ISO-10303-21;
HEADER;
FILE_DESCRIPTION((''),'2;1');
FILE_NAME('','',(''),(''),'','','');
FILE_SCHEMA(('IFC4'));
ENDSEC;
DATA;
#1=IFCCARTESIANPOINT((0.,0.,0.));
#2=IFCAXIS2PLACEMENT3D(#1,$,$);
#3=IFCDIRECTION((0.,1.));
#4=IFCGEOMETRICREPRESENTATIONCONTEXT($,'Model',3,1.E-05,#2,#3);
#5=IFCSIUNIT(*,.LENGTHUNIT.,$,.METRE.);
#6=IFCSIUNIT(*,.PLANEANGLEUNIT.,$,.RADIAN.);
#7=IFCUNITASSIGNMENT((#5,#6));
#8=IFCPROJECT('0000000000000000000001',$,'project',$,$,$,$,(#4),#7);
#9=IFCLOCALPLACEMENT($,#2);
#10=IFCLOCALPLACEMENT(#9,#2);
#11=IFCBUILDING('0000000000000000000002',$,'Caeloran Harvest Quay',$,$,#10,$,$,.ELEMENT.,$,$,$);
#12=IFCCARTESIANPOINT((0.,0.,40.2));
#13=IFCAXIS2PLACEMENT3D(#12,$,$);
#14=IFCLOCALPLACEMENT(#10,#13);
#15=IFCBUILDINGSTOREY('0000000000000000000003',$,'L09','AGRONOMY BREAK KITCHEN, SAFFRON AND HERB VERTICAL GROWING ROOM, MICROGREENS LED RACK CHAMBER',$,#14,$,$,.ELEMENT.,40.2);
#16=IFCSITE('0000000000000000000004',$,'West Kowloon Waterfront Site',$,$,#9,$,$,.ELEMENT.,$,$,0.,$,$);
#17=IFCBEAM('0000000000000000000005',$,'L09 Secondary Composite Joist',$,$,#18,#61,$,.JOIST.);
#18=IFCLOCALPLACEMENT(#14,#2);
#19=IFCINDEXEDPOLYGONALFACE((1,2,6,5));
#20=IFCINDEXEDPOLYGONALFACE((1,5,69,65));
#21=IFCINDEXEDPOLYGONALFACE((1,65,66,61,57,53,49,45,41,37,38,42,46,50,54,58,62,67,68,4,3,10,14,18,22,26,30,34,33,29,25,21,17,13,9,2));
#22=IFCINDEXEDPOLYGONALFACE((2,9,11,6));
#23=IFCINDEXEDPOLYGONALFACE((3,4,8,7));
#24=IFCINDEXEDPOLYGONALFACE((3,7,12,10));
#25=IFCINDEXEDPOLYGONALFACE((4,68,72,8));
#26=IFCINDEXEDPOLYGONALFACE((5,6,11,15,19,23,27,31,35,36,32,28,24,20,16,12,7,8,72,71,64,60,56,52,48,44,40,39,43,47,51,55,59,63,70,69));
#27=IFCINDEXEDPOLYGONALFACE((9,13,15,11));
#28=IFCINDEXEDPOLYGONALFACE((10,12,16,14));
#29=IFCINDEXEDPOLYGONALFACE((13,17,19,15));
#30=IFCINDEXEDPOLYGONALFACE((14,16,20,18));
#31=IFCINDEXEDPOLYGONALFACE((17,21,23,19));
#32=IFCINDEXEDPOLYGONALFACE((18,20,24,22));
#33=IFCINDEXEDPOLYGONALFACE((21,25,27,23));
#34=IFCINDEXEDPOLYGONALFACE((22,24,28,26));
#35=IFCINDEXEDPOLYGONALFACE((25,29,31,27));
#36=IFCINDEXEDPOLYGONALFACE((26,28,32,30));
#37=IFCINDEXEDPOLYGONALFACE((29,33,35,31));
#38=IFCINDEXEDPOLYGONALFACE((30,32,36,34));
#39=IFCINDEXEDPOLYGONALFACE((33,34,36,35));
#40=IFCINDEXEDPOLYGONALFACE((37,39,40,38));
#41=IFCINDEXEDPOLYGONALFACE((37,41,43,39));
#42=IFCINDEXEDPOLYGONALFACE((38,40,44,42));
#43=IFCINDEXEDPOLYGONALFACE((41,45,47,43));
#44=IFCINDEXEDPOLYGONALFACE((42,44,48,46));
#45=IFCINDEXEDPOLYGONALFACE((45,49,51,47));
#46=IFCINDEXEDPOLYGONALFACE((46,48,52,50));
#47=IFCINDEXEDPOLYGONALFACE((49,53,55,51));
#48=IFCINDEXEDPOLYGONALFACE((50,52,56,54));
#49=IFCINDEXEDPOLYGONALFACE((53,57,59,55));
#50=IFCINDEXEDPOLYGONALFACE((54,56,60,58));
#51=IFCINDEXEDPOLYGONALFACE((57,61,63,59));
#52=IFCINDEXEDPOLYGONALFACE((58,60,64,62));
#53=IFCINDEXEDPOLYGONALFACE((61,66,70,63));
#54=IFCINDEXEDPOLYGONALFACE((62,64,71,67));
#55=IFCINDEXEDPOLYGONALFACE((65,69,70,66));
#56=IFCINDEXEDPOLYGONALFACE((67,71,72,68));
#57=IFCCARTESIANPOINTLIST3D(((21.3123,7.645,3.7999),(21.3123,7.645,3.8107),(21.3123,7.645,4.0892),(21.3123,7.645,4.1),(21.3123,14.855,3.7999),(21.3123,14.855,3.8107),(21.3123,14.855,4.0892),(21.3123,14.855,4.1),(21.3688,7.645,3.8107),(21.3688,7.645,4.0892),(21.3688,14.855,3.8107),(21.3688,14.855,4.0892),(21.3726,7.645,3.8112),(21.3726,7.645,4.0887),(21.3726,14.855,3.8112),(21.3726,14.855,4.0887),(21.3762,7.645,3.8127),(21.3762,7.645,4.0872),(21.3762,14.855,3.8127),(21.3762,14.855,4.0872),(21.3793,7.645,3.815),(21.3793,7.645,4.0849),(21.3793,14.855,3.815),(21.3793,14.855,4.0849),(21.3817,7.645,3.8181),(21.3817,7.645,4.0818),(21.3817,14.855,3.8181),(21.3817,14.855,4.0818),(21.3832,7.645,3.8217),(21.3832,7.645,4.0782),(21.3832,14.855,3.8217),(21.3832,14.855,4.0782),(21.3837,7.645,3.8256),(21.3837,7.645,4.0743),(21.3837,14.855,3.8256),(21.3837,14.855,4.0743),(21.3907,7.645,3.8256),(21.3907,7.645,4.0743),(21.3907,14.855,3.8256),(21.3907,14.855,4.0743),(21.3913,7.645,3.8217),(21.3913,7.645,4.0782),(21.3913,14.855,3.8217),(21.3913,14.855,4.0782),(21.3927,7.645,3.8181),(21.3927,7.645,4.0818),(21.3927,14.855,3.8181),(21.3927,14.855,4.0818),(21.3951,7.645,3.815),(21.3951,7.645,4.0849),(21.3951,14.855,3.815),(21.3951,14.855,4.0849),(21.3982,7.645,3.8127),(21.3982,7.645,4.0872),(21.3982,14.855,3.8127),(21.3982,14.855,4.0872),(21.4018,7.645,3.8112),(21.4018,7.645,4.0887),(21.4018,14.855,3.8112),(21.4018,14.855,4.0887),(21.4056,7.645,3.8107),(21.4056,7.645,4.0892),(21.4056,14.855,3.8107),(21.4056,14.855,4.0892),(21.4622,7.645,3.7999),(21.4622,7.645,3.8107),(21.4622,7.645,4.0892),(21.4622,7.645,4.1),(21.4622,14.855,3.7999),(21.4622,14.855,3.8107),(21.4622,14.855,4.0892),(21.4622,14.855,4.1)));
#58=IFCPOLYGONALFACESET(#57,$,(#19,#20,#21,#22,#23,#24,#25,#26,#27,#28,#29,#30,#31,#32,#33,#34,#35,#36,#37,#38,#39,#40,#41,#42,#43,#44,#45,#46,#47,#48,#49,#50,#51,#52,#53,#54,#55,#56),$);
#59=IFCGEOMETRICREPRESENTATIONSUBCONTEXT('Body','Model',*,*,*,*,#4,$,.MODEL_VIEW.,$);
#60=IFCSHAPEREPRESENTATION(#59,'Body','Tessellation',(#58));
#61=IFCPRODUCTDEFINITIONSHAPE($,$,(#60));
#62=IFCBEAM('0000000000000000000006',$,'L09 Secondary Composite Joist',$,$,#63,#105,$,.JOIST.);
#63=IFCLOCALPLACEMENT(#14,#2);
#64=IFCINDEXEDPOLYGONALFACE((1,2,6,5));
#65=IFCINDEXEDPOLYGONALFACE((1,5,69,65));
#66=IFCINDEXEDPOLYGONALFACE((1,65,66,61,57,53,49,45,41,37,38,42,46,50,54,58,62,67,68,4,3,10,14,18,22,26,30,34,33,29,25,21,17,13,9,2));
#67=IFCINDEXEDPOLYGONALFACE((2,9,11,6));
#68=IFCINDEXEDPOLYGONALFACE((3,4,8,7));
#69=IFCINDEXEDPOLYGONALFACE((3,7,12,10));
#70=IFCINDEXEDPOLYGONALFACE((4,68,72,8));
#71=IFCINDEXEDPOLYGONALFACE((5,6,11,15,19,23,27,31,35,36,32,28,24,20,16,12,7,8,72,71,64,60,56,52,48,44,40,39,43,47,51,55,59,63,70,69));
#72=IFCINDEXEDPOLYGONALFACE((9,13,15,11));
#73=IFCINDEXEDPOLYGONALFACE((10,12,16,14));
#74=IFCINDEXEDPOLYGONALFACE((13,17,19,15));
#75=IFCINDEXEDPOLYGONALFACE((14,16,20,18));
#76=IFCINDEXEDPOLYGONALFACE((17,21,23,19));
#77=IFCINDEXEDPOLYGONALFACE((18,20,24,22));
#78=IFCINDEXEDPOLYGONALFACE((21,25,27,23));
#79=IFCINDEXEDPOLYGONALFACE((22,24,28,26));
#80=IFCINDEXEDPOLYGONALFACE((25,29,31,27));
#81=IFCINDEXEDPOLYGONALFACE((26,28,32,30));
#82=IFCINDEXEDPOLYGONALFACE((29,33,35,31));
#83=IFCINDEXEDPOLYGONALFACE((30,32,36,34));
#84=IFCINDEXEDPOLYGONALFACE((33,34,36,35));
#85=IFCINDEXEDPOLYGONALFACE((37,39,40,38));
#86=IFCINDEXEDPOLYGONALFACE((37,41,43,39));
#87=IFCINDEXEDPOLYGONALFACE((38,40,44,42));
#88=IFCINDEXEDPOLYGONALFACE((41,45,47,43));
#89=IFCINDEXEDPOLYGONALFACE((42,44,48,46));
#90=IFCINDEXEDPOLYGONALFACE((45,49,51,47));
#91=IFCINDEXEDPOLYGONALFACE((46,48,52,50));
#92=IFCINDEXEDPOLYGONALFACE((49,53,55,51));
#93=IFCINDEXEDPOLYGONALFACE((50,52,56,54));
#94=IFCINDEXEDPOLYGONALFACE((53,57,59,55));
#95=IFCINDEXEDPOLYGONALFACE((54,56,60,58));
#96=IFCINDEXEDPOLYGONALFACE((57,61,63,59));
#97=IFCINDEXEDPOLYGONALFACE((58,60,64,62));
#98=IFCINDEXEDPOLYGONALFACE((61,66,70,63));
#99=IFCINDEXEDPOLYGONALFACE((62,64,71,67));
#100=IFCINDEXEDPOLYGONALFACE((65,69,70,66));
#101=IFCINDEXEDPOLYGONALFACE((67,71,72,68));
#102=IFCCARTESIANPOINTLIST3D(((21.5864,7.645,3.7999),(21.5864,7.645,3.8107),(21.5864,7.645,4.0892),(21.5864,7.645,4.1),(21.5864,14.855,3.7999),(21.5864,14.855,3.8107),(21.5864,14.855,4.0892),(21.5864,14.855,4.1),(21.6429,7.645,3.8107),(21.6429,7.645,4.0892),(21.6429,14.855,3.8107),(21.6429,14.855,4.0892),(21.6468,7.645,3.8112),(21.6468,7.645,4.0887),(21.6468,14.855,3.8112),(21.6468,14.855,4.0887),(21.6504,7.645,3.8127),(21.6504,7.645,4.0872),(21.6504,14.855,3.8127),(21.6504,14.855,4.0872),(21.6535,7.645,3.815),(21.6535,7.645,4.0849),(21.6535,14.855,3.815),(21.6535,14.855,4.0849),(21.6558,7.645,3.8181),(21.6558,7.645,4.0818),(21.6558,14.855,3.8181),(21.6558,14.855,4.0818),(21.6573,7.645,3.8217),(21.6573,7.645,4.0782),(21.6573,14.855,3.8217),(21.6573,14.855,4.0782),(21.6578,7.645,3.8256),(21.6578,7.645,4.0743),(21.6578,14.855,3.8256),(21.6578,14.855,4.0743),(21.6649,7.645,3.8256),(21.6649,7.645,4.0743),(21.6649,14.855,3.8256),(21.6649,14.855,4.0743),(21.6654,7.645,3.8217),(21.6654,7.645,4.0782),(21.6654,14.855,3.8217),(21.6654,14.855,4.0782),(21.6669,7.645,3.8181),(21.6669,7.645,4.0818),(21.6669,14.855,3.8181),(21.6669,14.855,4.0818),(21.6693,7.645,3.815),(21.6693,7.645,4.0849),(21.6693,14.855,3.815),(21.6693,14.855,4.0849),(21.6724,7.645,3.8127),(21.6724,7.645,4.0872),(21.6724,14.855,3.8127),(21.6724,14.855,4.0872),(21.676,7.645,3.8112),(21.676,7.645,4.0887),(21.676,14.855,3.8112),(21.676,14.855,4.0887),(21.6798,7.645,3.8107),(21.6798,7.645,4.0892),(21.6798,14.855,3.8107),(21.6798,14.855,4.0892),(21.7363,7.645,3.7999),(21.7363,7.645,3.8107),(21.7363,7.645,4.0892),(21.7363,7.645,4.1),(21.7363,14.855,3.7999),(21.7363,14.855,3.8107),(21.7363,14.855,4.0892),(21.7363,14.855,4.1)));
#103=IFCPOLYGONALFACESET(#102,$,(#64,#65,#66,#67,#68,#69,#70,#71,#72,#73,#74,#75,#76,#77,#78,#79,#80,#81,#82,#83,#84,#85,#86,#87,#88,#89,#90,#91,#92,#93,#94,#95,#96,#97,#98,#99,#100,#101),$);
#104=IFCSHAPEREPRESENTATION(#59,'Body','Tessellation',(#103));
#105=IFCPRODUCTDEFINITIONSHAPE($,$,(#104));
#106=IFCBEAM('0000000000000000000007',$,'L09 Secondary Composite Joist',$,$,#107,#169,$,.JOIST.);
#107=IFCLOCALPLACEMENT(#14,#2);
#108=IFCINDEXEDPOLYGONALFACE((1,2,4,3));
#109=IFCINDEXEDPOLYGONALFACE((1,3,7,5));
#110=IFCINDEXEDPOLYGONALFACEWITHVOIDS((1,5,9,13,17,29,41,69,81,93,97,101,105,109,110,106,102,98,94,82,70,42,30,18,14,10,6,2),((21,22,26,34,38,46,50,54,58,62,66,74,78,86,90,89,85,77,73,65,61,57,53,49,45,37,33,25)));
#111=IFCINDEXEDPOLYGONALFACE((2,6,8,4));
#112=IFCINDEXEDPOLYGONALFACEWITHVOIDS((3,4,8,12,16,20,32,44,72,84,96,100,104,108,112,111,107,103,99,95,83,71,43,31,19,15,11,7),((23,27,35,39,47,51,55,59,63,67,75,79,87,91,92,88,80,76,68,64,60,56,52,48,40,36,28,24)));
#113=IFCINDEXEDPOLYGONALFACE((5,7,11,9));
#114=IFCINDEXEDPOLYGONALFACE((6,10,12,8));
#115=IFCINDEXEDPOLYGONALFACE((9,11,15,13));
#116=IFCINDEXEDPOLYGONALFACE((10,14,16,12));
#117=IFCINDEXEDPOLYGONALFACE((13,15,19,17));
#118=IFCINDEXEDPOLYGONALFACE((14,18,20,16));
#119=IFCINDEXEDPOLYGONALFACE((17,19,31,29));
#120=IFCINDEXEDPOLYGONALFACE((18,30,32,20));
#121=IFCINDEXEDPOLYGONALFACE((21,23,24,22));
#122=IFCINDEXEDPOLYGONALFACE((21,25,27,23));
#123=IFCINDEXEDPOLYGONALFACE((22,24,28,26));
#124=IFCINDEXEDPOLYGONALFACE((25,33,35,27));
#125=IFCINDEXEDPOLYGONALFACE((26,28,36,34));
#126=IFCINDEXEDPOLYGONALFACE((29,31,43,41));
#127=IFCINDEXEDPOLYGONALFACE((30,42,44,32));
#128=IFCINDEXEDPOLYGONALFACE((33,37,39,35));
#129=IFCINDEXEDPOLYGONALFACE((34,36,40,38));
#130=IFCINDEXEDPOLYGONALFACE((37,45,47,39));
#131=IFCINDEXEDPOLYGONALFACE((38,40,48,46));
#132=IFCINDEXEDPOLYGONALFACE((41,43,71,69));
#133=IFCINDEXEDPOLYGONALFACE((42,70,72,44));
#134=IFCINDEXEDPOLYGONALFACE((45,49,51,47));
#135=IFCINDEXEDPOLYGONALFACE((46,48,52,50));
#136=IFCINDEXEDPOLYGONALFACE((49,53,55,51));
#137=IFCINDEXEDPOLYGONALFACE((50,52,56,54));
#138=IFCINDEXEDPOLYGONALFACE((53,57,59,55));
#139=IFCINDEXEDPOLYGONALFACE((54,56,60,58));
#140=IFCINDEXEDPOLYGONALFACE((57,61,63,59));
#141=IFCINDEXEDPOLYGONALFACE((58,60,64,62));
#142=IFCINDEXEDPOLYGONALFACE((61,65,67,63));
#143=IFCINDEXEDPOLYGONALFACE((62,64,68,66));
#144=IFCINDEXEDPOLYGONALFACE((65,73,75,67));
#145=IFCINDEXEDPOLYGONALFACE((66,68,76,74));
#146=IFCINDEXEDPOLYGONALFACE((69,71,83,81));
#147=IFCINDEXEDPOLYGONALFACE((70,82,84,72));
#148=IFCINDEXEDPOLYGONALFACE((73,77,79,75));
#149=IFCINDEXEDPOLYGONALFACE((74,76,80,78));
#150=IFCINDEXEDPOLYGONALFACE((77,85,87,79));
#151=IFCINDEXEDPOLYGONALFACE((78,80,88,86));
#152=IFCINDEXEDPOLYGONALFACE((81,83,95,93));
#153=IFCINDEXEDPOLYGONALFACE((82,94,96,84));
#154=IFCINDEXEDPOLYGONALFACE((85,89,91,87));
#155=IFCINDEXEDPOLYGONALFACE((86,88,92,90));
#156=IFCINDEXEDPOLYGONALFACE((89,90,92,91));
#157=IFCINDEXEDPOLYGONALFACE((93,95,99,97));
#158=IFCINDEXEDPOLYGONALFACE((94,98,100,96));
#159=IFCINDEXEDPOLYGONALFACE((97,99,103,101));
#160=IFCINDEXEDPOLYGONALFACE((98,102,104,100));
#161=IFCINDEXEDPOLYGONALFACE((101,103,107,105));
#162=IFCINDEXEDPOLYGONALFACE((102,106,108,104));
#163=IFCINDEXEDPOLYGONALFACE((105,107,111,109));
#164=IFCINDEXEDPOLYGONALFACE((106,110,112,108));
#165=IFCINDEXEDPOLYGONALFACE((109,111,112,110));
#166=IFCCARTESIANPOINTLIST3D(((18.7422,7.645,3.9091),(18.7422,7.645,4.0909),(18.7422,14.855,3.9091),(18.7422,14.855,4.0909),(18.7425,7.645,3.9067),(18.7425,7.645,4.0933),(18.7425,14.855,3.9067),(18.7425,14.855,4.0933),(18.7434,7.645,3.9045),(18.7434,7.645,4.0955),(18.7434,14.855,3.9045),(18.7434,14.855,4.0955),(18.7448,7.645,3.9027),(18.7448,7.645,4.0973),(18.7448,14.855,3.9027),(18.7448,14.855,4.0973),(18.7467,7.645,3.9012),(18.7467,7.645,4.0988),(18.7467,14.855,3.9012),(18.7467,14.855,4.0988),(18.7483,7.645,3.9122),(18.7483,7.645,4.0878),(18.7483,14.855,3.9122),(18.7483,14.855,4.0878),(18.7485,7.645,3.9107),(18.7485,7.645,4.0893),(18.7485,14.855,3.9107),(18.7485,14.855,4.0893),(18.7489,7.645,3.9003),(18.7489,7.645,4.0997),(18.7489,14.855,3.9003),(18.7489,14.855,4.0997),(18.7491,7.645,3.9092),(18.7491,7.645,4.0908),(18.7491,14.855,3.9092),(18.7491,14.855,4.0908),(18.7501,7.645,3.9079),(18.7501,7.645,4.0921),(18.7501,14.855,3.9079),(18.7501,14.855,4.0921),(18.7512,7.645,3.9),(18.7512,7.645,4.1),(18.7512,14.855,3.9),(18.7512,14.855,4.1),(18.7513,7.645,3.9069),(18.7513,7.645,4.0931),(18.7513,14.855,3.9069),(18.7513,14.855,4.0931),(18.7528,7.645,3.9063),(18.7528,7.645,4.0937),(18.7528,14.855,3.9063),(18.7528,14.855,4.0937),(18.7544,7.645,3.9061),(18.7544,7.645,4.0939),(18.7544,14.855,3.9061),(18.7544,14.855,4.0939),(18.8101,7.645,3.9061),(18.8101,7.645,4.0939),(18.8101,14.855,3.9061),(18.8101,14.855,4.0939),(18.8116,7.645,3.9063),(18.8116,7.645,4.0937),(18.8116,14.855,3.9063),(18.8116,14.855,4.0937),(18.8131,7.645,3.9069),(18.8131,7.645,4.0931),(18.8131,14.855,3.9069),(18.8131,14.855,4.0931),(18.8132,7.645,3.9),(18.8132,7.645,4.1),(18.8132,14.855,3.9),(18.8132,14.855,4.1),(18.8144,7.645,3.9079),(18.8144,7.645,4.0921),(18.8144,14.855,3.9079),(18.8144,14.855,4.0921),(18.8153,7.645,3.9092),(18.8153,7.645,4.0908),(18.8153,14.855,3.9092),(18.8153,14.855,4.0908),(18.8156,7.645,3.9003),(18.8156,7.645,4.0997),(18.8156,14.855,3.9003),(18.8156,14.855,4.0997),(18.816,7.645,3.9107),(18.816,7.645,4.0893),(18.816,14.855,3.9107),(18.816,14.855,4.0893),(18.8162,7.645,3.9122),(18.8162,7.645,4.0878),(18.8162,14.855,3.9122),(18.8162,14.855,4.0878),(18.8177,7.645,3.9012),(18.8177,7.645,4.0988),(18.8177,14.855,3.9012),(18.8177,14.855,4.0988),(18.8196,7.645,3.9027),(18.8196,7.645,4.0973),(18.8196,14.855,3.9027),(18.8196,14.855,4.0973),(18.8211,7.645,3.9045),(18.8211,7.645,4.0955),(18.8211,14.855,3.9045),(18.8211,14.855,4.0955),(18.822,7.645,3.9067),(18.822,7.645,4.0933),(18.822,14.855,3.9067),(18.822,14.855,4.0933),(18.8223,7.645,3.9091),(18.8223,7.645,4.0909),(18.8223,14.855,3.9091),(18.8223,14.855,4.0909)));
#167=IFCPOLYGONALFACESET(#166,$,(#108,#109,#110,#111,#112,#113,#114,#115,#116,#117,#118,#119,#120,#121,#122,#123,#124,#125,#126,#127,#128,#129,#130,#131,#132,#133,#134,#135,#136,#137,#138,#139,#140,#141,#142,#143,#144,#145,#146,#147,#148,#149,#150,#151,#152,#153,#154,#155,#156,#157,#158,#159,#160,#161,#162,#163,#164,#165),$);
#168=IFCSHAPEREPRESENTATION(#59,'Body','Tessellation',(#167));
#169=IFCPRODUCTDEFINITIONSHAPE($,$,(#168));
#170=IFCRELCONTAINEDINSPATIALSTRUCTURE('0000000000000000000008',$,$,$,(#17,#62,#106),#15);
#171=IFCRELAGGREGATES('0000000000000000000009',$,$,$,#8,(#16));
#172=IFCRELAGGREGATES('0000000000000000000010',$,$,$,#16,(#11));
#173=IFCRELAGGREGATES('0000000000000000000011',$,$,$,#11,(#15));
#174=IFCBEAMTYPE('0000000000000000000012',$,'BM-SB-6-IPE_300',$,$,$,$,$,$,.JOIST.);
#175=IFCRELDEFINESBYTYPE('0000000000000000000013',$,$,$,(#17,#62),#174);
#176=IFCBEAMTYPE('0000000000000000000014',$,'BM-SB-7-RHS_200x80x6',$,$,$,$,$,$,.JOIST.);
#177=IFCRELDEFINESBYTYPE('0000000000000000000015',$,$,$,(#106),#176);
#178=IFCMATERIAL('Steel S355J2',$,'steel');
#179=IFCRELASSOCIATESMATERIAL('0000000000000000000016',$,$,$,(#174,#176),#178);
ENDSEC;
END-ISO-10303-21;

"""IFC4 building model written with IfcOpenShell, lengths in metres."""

from ifc_helpers import new_model, si_unit, direction, frame, origin, origin_2d, place, context, subcontext, project, spatial, hollow_rectangle, i_section, extrude, material, material_profile, profile_set, type_object, element, save


model = new_model("IFC4")

# Units and contexts
model_context = context("Model", 3, precision=1e-05, world=origin(), true_north=direction((0.0, 1.0)))
body_context = subcontext(model_context, "Body", "Model", "MODEL_VIEW")
ifc_project = project(units=[si_unit("LENGTHUNIT", "METRE"), si_unit("PLANEANGLEUNIT", "RADIAN")], contexts=[model_context])

# Site, building, storey
site_placement = place(None, origin())
site = spatial("IfcSite", under=ifc_project, at=site_placement, Name="West Kowloon Waterfront Site", CompositionType="ELEMENT", RefElevation=0.0)
building_placement = place(site_placement, origin())
building = spatial("IfcBuilding", under=site, at=building_placement, Name="Caeloran Harvest Quay", CompositionType="ELEMENT")
storey_placement = place(building_placement, frame((0.0, 0.0, 40.2)))
storey = spatial("IfcBuildingStorey", under=building, at=storey_placement, Name="L09", Description="AGRONOMY BREAK KITCHEN, SAFFRON AND HERB VERTICAL GROWING ROOM, MICROGREENS LED RACK CHAMBER", CompositionType="ELEMENT", Elevation=40.2)

# Beams
ifc_material_1 = material(Name="Steel S355J2", Category="steel")
ifc_material_profile_1 = material_profile(ifc_material_1, i_section(OverallWidth=0.1499, OverallDepth=0.3, WebThickness=0.0071, FlangeThickness=0.0107, FilletRadius=0.0149, at=origin_2d()), Name="IPE 300")
ifc_profile_set_1 = profile_set([ifc_material_profile_1], Name="Steel S355J2")
beam_type_1 = type_object("IfcBeamType", Name="BM-SB-6-IPE_300", PredefinedType="JOIST", material=ifc_profile_set_1)
for number, where, z_axis, x_axis, name in (
    (1, (21.3872, 7.645, 3.95), (0.0, 1.0, 0.0), (-1.0, 0.0, 0.0), "L09 Secondary Composite Joist"),
    (2, (21.6614, 7.645, 3.95), (0.0, 1.0, 0.0), (-1.0, 0.0, 0.0), "L09 Secondary Composite Joist"),
):
    element("IfcBeam", number, at=place(storey_placement, frame(where, z_axis=z_axis, x_axis=x_axis)), inside=storey, type_object=beam_type_1, Name=name, PredefinedType="JOIST", context=body_context, shape_type="SweptSolid", body=[
        extrude(i_section(OverallWidth=0.1499, OverallDepth=0.3, WebThickness=0.0071, FlangeThickness=0.0107, FilletRadius=0.0149, at=origin_2d()), origin(), (0.0, 0.0, 1.0), 7.21),
    ])
ifc_material_profile_2 = material_profile(ifc_material_1, hollow_rectangle(XDim=0.0801, YDim=0.2, WallThickness=0.0061, InnerFilletRadius=0.0061, OuterFilletRadius=0.009, at=origin_2d()), Name="RHS 200x80x6")
ifc_profile_set_2 = profile_set([ifc_material_profile_2], Name="Steel S355J2")
beam_type_2 = type_object("IfcBeamType", Name="BM-SB-7-RHS_200x80x6", PredefinedType="JOIST", material=ifc_profile_set_2)
for number, where, z_axis, x_axis, name in (
    (3, (18.7822, 7.645, 4.0), (0.0, 1.0, 0.0), (-1.0, 0.0, 0.0), "L09 Secondary Composite Joist"),
):
    element("IfcBeam", number, at=place(storey_placement, frame(where, z_axis=z_axis, x_axis=x_axis)), inside=storey, type_object=beam_type_2, Name=name, PredefinedType="JOIST", context=body_context, shape_type="SweptSolid", body=[
        extrude(hollow_rectangle(XDim=0.0801, YDim=0.2, WallThickness=0.0061, InnerFilletRadius=0.0061, OuterFilletRadius=0.009, at=origin_2d()), origin(), (0.0, 0.0, 1.0), 7.21),
    ])

save(model, "model.ifc")
